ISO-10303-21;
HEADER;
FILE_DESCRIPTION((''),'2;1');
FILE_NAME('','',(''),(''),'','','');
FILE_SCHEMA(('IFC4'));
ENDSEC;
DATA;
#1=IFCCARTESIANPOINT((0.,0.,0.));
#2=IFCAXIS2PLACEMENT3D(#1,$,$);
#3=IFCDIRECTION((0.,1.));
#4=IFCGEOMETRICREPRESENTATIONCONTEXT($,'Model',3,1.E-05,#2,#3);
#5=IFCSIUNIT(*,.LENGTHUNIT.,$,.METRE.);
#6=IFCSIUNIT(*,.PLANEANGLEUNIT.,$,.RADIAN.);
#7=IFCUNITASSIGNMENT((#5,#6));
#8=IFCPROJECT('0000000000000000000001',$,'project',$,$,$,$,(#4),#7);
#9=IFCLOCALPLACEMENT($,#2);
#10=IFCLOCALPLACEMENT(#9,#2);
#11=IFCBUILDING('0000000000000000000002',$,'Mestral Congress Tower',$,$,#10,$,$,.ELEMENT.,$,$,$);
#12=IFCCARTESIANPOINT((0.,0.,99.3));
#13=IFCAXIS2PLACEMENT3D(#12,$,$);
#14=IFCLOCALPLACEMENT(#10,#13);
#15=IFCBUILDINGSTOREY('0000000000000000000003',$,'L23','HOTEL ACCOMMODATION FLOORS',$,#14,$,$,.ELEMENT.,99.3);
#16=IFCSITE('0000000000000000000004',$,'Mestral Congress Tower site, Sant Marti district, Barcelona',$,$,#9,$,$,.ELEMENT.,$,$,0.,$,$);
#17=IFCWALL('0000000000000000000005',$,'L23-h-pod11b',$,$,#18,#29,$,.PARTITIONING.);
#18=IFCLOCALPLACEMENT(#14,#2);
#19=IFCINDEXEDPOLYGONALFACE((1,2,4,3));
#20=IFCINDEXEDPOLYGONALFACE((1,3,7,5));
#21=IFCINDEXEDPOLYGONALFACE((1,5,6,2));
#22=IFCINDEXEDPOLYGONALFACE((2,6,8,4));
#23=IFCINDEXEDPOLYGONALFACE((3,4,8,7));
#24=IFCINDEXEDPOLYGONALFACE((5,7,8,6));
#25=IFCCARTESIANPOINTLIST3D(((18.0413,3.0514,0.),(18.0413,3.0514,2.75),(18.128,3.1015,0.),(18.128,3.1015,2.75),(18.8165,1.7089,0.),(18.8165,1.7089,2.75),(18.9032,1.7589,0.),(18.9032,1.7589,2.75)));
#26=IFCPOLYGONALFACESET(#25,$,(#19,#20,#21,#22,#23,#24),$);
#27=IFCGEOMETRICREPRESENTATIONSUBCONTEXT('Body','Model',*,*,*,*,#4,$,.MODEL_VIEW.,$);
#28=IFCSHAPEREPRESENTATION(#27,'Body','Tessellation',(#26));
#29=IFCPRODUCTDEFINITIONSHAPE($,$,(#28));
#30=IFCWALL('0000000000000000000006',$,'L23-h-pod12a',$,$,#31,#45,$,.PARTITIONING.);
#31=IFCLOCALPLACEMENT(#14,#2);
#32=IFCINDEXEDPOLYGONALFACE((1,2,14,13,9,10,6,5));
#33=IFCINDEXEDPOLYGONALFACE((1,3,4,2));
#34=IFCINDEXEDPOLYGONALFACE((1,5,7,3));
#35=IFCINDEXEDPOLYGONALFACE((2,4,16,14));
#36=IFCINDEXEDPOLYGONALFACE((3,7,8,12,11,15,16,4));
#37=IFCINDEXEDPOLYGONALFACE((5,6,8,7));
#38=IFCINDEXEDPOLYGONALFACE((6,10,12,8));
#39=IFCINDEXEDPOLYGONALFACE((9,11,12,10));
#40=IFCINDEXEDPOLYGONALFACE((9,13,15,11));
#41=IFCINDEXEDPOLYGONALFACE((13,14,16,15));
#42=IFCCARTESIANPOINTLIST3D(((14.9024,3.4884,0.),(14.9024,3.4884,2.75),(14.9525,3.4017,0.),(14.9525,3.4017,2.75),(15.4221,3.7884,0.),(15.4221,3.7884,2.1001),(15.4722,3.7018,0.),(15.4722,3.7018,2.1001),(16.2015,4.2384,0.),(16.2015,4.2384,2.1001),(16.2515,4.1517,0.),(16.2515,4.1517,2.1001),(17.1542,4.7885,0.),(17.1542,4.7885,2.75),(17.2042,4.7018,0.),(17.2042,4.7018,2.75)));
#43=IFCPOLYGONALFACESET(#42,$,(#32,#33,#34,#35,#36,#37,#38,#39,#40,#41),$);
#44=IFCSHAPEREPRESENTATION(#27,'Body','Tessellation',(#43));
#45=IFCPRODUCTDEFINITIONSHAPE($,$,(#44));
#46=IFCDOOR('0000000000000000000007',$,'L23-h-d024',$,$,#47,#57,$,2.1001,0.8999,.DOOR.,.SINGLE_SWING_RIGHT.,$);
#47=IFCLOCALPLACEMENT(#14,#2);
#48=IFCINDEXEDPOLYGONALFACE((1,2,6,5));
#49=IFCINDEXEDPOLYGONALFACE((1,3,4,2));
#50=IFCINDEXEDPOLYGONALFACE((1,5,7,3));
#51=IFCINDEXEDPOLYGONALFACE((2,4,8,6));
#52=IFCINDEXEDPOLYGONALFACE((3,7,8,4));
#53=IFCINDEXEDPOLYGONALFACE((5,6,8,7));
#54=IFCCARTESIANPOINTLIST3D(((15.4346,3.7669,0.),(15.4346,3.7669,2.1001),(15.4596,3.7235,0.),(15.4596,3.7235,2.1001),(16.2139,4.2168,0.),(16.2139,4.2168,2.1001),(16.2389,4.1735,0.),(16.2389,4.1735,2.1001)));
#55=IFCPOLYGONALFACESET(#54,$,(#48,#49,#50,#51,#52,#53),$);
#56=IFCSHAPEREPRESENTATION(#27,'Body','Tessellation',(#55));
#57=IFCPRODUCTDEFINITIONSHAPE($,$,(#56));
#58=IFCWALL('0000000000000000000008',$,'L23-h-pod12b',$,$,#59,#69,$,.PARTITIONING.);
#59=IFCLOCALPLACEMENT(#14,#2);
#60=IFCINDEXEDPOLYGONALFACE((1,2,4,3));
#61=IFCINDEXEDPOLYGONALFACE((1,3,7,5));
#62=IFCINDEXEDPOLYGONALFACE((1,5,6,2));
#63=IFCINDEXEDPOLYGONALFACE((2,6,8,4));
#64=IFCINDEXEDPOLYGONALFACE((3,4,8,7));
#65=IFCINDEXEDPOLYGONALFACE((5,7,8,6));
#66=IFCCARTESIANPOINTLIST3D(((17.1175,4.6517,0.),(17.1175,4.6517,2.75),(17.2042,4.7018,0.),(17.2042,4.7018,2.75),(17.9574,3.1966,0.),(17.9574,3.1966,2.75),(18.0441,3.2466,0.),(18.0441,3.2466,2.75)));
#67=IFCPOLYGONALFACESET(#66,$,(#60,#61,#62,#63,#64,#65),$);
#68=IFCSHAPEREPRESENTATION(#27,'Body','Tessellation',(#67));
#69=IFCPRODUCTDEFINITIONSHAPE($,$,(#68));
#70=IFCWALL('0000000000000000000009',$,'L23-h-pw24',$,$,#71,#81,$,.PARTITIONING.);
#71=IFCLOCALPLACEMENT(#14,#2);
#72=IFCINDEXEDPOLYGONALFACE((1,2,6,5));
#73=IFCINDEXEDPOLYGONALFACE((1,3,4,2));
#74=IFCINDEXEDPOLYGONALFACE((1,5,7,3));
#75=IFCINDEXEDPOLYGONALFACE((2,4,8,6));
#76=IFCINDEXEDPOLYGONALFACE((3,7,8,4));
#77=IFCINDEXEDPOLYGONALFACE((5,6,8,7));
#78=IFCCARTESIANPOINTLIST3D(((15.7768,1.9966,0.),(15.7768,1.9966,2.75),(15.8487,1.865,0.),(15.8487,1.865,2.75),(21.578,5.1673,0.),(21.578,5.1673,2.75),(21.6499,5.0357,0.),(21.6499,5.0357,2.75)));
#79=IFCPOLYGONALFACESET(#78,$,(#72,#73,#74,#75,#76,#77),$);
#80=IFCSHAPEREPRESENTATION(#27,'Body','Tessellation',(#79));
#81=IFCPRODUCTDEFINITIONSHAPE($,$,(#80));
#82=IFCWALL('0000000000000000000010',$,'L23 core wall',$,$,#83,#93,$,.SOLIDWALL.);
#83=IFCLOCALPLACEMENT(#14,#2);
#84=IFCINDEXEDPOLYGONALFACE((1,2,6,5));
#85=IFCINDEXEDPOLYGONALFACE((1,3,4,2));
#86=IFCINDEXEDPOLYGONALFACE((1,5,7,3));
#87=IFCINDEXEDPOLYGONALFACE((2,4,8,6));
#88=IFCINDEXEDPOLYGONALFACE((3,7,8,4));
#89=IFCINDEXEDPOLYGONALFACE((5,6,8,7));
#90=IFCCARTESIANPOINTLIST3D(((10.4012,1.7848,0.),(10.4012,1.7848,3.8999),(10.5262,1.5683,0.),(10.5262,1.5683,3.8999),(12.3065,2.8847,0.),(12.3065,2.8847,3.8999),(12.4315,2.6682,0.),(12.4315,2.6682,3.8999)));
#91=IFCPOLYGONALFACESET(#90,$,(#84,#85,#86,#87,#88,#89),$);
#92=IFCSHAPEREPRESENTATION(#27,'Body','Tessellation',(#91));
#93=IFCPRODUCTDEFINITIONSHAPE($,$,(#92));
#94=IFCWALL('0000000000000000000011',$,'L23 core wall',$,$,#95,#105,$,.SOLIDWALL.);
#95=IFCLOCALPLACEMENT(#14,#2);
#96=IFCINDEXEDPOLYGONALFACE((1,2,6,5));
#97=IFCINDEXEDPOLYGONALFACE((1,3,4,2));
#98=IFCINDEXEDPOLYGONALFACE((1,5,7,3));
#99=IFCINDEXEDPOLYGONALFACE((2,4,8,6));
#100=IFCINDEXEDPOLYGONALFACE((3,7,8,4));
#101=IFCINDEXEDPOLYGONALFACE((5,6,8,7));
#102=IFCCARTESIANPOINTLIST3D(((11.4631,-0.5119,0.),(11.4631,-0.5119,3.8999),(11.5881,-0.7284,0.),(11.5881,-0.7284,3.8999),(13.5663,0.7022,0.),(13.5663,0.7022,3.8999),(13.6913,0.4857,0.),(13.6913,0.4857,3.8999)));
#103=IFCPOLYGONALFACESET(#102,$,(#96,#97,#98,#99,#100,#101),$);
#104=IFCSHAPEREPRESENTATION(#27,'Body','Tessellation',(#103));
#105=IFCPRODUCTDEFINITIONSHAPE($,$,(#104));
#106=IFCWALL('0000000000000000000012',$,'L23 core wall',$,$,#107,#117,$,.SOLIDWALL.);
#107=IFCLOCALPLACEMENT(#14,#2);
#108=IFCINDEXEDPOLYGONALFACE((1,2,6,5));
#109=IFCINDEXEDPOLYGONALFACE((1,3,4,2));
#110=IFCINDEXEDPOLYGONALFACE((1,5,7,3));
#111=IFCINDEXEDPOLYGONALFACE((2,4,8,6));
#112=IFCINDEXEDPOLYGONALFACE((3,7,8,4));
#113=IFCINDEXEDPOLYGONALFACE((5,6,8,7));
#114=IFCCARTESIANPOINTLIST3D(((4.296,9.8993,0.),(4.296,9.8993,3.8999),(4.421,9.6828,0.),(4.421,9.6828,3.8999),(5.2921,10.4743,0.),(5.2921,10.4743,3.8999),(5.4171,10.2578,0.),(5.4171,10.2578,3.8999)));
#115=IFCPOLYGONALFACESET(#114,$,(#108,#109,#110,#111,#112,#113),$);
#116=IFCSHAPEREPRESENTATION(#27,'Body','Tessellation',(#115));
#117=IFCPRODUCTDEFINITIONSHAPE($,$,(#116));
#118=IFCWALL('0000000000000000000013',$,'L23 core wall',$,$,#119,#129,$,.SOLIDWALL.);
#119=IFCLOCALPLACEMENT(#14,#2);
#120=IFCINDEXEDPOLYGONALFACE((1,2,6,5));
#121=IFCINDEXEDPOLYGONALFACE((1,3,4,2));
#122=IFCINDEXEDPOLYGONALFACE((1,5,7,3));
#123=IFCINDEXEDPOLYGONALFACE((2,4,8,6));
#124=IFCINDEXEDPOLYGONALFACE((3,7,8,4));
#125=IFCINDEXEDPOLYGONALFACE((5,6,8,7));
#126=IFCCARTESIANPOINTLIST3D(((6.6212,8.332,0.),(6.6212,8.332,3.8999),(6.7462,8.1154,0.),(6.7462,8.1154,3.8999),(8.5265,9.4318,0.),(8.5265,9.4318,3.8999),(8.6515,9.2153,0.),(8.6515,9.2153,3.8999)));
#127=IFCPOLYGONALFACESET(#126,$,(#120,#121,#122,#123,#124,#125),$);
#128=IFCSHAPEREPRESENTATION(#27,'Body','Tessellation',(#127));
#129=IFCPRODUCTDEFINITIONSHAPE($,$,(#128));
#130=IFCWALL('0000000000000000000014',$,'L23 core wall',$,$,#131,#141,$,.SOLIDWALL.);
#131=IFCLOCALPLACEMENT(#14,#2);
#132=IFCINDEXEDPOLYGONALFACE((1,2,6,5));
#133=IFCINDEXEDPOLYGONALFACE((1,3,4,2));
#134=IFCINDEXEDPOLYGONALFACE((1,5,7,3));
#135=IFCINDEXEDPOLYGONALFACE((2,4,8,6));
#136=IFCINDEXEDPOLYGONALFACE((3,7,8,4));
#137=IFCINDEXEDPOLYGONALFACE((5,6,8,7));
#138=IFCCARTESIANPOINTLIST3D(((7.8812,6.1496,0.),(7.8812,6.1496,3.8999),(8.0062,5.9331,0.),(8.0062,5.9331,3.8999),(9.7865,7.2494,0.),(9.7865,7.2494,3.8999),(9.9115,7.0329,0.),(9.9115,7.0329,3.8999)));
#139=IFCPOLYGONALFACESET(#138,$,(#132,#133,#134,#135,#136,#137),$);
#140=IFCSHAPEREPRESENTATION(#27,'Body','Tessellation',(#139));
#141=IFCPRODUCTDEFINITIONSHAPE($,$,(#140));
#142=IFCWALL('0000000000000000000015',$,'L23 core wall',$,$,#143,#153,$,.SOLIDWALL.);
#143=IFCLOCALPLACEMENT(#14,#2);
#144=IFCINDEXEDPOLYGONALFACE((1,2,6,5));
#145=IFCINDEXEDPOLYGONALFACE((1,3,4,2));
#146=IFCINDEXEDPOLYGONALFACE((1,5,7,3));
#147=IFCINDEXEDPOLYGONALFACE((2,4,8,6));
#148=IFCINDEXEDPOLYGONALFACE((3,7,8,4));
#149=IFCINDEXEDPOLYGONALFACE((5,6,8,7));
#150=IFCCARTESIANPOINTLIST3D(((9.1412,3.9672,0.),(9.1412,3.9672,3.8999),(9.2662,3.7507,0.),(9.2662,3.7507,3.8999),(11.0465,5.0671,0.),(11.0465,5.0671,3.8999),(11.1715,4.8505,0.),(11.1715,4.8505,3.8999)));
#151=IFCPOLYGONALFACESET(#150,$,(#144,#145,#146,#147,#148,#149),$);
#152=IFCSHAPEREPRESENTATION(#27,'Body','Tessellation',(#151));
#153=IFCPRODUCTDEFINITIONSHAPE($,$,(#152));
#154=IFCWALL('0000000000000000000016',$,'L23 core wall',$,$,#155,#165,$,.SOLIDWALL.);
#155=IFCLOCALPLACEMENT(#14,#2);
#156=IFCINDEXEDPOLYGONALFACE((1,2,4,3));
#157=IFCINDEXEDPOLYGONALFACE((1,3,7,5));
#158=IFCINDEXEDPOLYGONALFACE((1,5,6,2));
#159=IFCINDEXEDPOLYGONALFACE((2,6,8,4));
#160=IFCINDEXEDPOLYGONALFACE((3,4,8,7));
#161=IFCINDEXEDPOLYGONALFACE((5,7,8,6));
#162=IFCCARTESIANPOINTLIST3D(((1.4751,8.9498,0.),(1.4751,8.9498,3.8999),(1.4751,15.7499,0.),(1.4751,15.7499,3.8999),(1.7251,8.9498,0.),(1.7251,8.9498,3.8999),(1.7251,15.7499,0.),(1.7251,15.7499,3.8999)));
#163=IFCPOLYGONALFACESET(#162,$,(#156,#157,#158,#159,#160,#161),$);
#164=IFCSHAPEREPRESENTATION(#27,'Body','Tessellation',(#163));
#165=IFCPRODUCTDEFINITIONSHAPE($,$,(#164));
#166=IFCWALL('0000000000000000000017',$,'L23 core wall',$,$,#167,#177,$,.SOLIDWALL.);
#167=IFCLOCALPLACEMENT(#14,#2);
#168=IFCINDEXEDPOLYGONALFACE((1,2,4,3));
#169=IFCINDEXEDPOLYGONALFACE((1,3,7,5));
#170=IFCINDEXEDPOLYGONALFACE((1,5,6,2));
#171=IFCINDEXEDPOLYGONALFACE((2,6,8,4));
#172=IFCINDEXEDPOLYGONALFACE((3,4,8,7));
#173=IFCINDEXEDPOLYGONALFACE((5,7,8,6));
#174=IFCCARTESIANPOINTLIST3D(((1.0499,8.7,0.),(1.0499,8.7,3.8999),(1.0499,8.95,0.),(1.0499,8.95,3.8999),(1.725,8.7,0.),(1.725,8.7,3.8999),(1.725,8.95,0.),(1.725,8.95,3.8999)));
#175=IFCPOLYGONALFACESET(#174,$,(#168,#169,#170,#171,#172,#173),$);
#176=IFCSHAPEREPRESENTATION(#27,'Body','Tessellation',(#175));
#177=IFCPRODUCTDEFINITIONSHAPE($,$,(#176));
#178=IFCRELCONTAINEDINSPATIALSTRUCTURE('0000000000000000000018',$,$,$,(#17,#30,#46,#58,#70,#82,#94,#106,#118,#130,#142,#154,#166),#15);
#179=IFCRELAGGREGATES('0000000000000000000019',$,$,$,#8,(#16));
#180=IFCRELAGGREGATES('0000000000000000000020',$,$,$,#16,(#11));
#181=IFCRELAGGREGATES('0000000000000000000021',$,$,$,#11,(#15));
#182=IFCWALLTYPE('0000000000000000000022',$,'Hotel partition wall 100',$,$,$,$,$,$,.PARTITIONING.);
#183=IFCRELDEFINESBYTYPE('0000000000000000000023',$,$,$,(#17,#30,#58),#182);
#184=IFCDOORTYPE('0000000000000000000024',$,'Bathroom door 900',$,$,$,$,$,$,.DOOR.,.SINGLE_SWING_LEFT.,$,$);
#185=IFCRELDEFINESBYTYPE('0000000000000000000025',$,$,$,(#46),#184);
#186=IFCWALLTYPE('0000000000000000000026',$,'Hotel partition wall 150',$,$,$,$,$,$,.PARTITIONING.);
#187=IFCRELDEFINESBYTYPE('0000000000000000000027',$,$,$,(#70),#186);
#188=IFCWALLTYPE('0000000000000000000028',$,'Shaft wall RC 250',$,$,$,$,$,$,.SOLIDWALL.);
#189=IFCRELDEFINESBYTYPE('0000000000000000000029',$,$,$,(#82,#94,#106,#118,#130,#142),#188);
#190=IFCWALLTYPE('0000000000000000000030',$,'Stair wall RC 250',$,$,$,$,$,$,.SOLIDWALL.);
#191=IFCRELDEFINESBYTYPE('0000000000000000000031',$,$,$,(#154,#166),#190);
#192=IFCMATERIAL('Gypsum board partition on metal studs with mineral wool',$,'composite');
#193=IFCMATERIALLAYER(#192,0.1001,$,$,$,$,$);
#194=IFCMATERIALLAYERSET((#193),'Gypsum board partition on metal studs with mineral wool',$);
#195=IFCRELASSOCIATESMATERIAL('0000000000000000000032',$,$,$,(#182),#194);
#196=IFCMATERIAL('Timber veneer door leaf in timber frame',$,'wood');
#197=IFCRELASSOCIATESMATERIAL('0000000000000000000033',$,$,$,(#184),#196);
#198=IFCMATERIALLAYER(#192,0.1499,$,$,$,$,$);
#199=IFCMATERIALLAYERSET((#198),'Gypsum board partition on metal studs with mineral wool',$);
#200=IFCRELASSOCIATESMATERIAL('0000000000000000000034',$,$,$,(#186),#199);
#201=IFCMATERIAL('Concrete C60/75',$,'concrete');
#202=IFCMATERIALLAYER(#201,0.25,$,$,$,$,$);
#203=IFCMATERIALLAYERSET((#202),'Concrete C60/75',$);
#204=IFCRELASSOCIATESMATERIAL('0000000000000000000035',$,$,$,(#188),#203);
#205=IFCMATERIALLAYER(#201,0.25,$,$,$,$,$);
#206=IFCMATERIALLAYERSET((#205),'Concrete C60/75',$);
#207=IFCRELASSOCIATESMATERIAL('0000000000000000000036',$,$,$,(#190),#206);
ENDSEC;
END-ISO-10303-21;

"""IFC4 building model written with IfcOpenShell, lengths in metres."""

from ifc_helpers import new_model, si_unit, direction, frame, frame_2d, origin, place, context, subcontext, project, spatial, rectangle, extrude, material, layer, layer_set, type_object, element, fill, save


model = new_model("IFC4")

# Units and contexts
model_context = context("Model", 3, precision=1e-05, world=origin(), true_north=direction((0.0, 1.0)))
body_context = subcontext(model_context, "Body", "Model", "MODEL_VIEW")
ifc_project = project(units=[si_unit("LENGTHUNIT", "METRE"), si_unit("PLANEANGLEUNIT", "RADIAN")], contexts=[model_context])

# Site, building, storey
site_placement = place(None, origin())
site = spatial("IfcSite", under=ifc_project, at=site_placement, Name="Mestral Congress Tower site, Sant Marti district, Barcelona", CompositionType="ELEMENT", RefElevation=0.0)
building_placement = place(site_placement, origin())
building = spatial("IfcBuilding", under=site, at=building_placement, Name="Mestral Congress Tower", CompositionType="ELEMENT")
storey_placement = place(building_placement, frame((0.0, 0.0, 99.3)))
storey = spatial("IfcBuildingStorey", under=building, at=storey_placement, Name="L23", Description="HOTEL ACCOMMODATION FLOORS", CompositionType="ELEMENT", Elevation=99.3)

# Shared definitions
ifc_material_1 = material(Name="Gypsum board partition on metal studs with mineral wool", Category="composite")
ifc_layer_1 = layer(ifc_material_1, 0.1001)
ifc_layer_set_1 = layer_set([ifc_layer_1], Name="Gypsum board partition on metal studs with mineral wool")
wall_type_1 = type_object("IfcWallType", Name="Hotel partition wall 100", PredefinedType="PARTITIONING", material=ifc_layer_set_1)
ifc_material_2 = material(Name="Timber veneer door leaf in timber frame", Category="wood")
door_type_1 = type_object("IfcDoorType", Name="Bathroom door 900", OperationType="SINGLE_SWING_LEFT", PredefinedType="DOOR", material=ifc_material_2)

# Wall
wall_1_placement = place(storey_placement, frame((18.8599, 1.7339, 0.0), z_axis=(0.0, 0.0, 1.0), x_axis=(-0.500018, 0.866015, 0.0)))
element("IfcWall", 1, at=wall_1_placement, inside=storey, type_object=wall_type_1, Name="L23-h-pod11b", PredefinedType="PARTITIONING", context=body_context, shape_type="SweptSolid", body=[
    extrude(rectangle(XDim=1.5503, YDim=0.1001, at=frame_2d((0.7751, 0.0))), origin(), (0.0, 0.0, 1.0), 2.75),
])

# Wall, opening, door
wall_2_placement = place(storey_placement, frame((17.1792, 4.7451, 0.0), z_axis=(0.0, 0.0, 1.0), x_axis=(-0.866021, -0.500007, 0.0)))
wall_2 = element("IfcWall", 2, at=wall_2_placement, inside=storey, type_object=wall_type_1, Name="L23-h-pod12a", PredefinedType="PARTITIONING", context=body_context, shape_type="SweptSolid", body=[
    extrude(rectangle(XDim=2.6001, YDim=0.1001, at=frame_2d((1.3, 0.0))), origin(), (0.0, 0.0, 1.0), 2.75),
])
opening_1_placement = place(wall_2_placement, frame((1.1001, 0.0, 0.0)))
opening_1 = element("IfcOpeningElement", 3, at=opening_1_placement, cuts=wall_2, PredefinedType="OPENING", context=body_context, shape_type="SweptSolid", body=[
    extrude(rectangle(XDim=0.8999, YDim=2.1001, at=frame_2d((0.45, 1.05))), frame((0.0, 0.0601, 0.0), z_axis=(0.0, -1.0, 0.0), x_axis=(1.0, 0.0, 0.0)), (0.0, 0.0, 1.0), 0.1201),
])
door_1_placement = place(opening_1_placement, origin())
door_1 = element("IfcDoor", 4, at=door_1_placement, inside=storey, type_object=door_type_1, Name="L23-h-d024", OperationType="SINGLE_SWING_RIGHT", OverallHeight=2.1001, OverallWidth=0.8999, PredefinedType="DOOR", context=body_context, shape_type="SweptSolid", body=[
    extrude(rectangle(XDim=0.8999, YDim=2.1001, at=frame_2d((0.45, 1.05))), frame((0.0, 0.0249, 0.0), z_axis=(0.0, -1.0, 0.0), x_axis=(1.0, 0.0, 0.0)), (0.0, 0.0, 1.0), 0.05),
])
fill(opening_1, door_1)

# Walls
wall_3_placement = place(storey_placement, frame((17.1609, 4.6768, 0.0), z_axis=(0.0, 0.0, 1.0), x_axis=(0.49989, -0.866089, 0.0)))
element("IfcWall", 5, at=wall_3_placement, inside=storey, type_object=wall_type_1, Name="L23-h-pod12b", PredefinedType="PARTITIONING", context=body_context, shape_type="SweptSolid", body=[
    extrude(rectangle(XDim=1.6802, YDim=0.1001, at=frame_2d((0.8401, 0.0))), origin(), (0.0, 0.0, 1.0), 2.75),
])
ifc_layer_2 = layer(ifc_material_1, 0.1499)
ifc_layer_set_2 = layer_set([ifc_layer_2], Name="Gypsum board partition on metal studs with mineral wool")
wall_type_2 = type_object("IfcWallType", Name="Hotel partition wall 150", PredefinedType="PARTITIONING", material=ifc_layer_set_2)
wall_4_placement = place(storey_placement, frame((21.614, 5.1016, 0.0), z_axis=(0.0, 0.0, 1.0), x_axis=(-0.877485, -0.479605, 0.0)))
element("IfcWall", 6, at=wall_4_placement, inside=storey, type_object=wall_type_2, Name="L23-h-pw24", PredefinedType="PARTITIONING", context=body_context, shape_type="SweptSolid", body=[
    extrude(rectangle(XDim=6.6111, YDim=0.1499, at=frame_2d((3.3057, 0.0))), origin(), (0.0, 0.0, 1.0), 2.75),
])
ifc_material_3 = material(Name="Concrete C60/75", Category="concrete")
ifc_layer_3 = layer(ifc_material_3, 0.25)
ifc_layer_set_3 = layer_set([ifc_layer_3], Name="Concrete C60/75")
wall_type_3 = type_object("IfcWallType", Name="Shaft wall RC 250", PredefinedType="SOLIDWALL", material=ifc_layer_set_3)
wall_5_placement = place(storey_placement, frame((10.4636, 1.6765, 0.0), z_axis=(0.0, 0.0, 1.0), x_axis=(0.866056, 0.499947, 0.0)))
element("IfcWall", 7, at=wall_5_placement, inside=storey, type_object=wall_type_3, Name="L23 core wall", PredefinedType="SOLIDWALL", context=body_context, shape_type="SweptSolid", body=[
    extrude(rectangle(XDim=2.2, YDim=0.25, at=frame_2d((1.1001, 0.0))), origin(), (0.0, 0.0, 1.0), 3.8999),
])
wall_6_placement = place(storey_placement, frame((13.6289, 0.594, 0.0), z_axis=(0.0, 0.0, 1.0), x_axis=(-0.866063, -0.499934, 0.0)))
element("IfcWall", 8, at=wall_6_placement, inside=storey, type_object=wall_type_3, Name="L23 core wall", PredefinedType="SOLIDWALL", context=body_context, shape_type="SweptSolid", body=[
    extrude(rectangle(XDim=2.4285, YDim=0.25, at=frame_2d((1.2144, 0.0))), origin(), (0.0, 0.0, 1.0), 3.8999),
])
wall_7_placement = place(storey_placement, frame((4.3584, 9.791, 0.0), z_axis=(0.0, 0.0, 1.0), x_axis=(0.86608, 0.499906, 0.0)))
element("IfcWall", 9, at=wall_7_placement, inside=storey, type_object=wall_type_3, Name="L23 core wall", PredefinedType="SOLIDWALL", context=body_context, shape_type="SweptSolid", body=[
    extrude(rectangle(XDim=1.1501, YDim=0.25, at=frame_2d((0.5752, 0.0))), origin(), (0.0, 0.0, 1.0), 3.8999),
])
for number, where, z_axis, x_axis, name in (
    (10, (6.6836, 8.2236, 0.0), (0.0, 0.0, 1.0), (0.866056, 0.499947, 0.0), "L23 core wall"),
    (11, (7.9436, 6.0413, 0.0), (0.0, 0.0, 1.0), (0.866056, 0.499947, 0.0), "L23 core wall"),
    (12, (9.2036, 3.8589, 0.0), (0.0, 0.0, 1.0), (0.866056, 0.499947, 0.0), "L23 core wall"),
):
    element("IfcWall", number, at=place(storey_placement, frame(where, z_axis=z_axis, x_axis=x_axis)), inside=storey, type_object=wall_type_3, Name=name, PredefinedType="SOLIDWALL", context=body_context, shape_type="SweptSolid", body=[
        extrude(rectangle(XDim=2.2, YDim=0.25, at=frame_2d((1.1001, 0.0))), origin(), (0.0, 0.0, 1.0), 3.8999),
    ])
ifc_layer_4 = layer(ifc_material_3, 0.25)
ifc_layer_set_4 = layer_set([ifc_layer_4], Name="Concrete C60/75")
wall_type_4 = type_object("IfcWallType", Name="Stair wall RC 250", PredefinedType="SOLIDWALL", material=ifc_layer_set_4)
wall_8_placement = place(storey_placement, frame((1.6001, 8.95, 0.0), z_axis=(0.0, 0.0, 1.0), x_axis=(0.0, 1.0, 0.0)))
element("IfcWall", 13, at=wall_8_placement, inside=storey, type_object=wall_type_4, Name="L23 core wall", PredefinedType="SOLIDWALL", context=body_context, shape_type="SweptSolid", body=[
    extrude(rectangle(XDim=6.8, YDim=0.25, at=frame_2d((3.3999, 0.0))), origin(), (0.0, 0.0, 1.0), 3.8999),
])
wall_9_placement = place(storey_placement, frame((1.05, 8.825, 0.0), z_axis=(0.0, 0.0, 1.0), x_axis=(1.0, 0.0, 0.0)))
element("IfcWall", 14, at=wall_9_placement, inside=storey, type_object=wall_type_4, Name="L23 core wall", PredefinedType="SOLIDWALL", context=body_context, shape_type="SweptSolid", body=[
    extrude(rectangle(XDim=0.675, YDim=0.25, at=frame_2d((0.3374, 0.0))), origin(), (0.0, 0.0, 1.0), 3.8999),
])

save(model, "model.ifc")
